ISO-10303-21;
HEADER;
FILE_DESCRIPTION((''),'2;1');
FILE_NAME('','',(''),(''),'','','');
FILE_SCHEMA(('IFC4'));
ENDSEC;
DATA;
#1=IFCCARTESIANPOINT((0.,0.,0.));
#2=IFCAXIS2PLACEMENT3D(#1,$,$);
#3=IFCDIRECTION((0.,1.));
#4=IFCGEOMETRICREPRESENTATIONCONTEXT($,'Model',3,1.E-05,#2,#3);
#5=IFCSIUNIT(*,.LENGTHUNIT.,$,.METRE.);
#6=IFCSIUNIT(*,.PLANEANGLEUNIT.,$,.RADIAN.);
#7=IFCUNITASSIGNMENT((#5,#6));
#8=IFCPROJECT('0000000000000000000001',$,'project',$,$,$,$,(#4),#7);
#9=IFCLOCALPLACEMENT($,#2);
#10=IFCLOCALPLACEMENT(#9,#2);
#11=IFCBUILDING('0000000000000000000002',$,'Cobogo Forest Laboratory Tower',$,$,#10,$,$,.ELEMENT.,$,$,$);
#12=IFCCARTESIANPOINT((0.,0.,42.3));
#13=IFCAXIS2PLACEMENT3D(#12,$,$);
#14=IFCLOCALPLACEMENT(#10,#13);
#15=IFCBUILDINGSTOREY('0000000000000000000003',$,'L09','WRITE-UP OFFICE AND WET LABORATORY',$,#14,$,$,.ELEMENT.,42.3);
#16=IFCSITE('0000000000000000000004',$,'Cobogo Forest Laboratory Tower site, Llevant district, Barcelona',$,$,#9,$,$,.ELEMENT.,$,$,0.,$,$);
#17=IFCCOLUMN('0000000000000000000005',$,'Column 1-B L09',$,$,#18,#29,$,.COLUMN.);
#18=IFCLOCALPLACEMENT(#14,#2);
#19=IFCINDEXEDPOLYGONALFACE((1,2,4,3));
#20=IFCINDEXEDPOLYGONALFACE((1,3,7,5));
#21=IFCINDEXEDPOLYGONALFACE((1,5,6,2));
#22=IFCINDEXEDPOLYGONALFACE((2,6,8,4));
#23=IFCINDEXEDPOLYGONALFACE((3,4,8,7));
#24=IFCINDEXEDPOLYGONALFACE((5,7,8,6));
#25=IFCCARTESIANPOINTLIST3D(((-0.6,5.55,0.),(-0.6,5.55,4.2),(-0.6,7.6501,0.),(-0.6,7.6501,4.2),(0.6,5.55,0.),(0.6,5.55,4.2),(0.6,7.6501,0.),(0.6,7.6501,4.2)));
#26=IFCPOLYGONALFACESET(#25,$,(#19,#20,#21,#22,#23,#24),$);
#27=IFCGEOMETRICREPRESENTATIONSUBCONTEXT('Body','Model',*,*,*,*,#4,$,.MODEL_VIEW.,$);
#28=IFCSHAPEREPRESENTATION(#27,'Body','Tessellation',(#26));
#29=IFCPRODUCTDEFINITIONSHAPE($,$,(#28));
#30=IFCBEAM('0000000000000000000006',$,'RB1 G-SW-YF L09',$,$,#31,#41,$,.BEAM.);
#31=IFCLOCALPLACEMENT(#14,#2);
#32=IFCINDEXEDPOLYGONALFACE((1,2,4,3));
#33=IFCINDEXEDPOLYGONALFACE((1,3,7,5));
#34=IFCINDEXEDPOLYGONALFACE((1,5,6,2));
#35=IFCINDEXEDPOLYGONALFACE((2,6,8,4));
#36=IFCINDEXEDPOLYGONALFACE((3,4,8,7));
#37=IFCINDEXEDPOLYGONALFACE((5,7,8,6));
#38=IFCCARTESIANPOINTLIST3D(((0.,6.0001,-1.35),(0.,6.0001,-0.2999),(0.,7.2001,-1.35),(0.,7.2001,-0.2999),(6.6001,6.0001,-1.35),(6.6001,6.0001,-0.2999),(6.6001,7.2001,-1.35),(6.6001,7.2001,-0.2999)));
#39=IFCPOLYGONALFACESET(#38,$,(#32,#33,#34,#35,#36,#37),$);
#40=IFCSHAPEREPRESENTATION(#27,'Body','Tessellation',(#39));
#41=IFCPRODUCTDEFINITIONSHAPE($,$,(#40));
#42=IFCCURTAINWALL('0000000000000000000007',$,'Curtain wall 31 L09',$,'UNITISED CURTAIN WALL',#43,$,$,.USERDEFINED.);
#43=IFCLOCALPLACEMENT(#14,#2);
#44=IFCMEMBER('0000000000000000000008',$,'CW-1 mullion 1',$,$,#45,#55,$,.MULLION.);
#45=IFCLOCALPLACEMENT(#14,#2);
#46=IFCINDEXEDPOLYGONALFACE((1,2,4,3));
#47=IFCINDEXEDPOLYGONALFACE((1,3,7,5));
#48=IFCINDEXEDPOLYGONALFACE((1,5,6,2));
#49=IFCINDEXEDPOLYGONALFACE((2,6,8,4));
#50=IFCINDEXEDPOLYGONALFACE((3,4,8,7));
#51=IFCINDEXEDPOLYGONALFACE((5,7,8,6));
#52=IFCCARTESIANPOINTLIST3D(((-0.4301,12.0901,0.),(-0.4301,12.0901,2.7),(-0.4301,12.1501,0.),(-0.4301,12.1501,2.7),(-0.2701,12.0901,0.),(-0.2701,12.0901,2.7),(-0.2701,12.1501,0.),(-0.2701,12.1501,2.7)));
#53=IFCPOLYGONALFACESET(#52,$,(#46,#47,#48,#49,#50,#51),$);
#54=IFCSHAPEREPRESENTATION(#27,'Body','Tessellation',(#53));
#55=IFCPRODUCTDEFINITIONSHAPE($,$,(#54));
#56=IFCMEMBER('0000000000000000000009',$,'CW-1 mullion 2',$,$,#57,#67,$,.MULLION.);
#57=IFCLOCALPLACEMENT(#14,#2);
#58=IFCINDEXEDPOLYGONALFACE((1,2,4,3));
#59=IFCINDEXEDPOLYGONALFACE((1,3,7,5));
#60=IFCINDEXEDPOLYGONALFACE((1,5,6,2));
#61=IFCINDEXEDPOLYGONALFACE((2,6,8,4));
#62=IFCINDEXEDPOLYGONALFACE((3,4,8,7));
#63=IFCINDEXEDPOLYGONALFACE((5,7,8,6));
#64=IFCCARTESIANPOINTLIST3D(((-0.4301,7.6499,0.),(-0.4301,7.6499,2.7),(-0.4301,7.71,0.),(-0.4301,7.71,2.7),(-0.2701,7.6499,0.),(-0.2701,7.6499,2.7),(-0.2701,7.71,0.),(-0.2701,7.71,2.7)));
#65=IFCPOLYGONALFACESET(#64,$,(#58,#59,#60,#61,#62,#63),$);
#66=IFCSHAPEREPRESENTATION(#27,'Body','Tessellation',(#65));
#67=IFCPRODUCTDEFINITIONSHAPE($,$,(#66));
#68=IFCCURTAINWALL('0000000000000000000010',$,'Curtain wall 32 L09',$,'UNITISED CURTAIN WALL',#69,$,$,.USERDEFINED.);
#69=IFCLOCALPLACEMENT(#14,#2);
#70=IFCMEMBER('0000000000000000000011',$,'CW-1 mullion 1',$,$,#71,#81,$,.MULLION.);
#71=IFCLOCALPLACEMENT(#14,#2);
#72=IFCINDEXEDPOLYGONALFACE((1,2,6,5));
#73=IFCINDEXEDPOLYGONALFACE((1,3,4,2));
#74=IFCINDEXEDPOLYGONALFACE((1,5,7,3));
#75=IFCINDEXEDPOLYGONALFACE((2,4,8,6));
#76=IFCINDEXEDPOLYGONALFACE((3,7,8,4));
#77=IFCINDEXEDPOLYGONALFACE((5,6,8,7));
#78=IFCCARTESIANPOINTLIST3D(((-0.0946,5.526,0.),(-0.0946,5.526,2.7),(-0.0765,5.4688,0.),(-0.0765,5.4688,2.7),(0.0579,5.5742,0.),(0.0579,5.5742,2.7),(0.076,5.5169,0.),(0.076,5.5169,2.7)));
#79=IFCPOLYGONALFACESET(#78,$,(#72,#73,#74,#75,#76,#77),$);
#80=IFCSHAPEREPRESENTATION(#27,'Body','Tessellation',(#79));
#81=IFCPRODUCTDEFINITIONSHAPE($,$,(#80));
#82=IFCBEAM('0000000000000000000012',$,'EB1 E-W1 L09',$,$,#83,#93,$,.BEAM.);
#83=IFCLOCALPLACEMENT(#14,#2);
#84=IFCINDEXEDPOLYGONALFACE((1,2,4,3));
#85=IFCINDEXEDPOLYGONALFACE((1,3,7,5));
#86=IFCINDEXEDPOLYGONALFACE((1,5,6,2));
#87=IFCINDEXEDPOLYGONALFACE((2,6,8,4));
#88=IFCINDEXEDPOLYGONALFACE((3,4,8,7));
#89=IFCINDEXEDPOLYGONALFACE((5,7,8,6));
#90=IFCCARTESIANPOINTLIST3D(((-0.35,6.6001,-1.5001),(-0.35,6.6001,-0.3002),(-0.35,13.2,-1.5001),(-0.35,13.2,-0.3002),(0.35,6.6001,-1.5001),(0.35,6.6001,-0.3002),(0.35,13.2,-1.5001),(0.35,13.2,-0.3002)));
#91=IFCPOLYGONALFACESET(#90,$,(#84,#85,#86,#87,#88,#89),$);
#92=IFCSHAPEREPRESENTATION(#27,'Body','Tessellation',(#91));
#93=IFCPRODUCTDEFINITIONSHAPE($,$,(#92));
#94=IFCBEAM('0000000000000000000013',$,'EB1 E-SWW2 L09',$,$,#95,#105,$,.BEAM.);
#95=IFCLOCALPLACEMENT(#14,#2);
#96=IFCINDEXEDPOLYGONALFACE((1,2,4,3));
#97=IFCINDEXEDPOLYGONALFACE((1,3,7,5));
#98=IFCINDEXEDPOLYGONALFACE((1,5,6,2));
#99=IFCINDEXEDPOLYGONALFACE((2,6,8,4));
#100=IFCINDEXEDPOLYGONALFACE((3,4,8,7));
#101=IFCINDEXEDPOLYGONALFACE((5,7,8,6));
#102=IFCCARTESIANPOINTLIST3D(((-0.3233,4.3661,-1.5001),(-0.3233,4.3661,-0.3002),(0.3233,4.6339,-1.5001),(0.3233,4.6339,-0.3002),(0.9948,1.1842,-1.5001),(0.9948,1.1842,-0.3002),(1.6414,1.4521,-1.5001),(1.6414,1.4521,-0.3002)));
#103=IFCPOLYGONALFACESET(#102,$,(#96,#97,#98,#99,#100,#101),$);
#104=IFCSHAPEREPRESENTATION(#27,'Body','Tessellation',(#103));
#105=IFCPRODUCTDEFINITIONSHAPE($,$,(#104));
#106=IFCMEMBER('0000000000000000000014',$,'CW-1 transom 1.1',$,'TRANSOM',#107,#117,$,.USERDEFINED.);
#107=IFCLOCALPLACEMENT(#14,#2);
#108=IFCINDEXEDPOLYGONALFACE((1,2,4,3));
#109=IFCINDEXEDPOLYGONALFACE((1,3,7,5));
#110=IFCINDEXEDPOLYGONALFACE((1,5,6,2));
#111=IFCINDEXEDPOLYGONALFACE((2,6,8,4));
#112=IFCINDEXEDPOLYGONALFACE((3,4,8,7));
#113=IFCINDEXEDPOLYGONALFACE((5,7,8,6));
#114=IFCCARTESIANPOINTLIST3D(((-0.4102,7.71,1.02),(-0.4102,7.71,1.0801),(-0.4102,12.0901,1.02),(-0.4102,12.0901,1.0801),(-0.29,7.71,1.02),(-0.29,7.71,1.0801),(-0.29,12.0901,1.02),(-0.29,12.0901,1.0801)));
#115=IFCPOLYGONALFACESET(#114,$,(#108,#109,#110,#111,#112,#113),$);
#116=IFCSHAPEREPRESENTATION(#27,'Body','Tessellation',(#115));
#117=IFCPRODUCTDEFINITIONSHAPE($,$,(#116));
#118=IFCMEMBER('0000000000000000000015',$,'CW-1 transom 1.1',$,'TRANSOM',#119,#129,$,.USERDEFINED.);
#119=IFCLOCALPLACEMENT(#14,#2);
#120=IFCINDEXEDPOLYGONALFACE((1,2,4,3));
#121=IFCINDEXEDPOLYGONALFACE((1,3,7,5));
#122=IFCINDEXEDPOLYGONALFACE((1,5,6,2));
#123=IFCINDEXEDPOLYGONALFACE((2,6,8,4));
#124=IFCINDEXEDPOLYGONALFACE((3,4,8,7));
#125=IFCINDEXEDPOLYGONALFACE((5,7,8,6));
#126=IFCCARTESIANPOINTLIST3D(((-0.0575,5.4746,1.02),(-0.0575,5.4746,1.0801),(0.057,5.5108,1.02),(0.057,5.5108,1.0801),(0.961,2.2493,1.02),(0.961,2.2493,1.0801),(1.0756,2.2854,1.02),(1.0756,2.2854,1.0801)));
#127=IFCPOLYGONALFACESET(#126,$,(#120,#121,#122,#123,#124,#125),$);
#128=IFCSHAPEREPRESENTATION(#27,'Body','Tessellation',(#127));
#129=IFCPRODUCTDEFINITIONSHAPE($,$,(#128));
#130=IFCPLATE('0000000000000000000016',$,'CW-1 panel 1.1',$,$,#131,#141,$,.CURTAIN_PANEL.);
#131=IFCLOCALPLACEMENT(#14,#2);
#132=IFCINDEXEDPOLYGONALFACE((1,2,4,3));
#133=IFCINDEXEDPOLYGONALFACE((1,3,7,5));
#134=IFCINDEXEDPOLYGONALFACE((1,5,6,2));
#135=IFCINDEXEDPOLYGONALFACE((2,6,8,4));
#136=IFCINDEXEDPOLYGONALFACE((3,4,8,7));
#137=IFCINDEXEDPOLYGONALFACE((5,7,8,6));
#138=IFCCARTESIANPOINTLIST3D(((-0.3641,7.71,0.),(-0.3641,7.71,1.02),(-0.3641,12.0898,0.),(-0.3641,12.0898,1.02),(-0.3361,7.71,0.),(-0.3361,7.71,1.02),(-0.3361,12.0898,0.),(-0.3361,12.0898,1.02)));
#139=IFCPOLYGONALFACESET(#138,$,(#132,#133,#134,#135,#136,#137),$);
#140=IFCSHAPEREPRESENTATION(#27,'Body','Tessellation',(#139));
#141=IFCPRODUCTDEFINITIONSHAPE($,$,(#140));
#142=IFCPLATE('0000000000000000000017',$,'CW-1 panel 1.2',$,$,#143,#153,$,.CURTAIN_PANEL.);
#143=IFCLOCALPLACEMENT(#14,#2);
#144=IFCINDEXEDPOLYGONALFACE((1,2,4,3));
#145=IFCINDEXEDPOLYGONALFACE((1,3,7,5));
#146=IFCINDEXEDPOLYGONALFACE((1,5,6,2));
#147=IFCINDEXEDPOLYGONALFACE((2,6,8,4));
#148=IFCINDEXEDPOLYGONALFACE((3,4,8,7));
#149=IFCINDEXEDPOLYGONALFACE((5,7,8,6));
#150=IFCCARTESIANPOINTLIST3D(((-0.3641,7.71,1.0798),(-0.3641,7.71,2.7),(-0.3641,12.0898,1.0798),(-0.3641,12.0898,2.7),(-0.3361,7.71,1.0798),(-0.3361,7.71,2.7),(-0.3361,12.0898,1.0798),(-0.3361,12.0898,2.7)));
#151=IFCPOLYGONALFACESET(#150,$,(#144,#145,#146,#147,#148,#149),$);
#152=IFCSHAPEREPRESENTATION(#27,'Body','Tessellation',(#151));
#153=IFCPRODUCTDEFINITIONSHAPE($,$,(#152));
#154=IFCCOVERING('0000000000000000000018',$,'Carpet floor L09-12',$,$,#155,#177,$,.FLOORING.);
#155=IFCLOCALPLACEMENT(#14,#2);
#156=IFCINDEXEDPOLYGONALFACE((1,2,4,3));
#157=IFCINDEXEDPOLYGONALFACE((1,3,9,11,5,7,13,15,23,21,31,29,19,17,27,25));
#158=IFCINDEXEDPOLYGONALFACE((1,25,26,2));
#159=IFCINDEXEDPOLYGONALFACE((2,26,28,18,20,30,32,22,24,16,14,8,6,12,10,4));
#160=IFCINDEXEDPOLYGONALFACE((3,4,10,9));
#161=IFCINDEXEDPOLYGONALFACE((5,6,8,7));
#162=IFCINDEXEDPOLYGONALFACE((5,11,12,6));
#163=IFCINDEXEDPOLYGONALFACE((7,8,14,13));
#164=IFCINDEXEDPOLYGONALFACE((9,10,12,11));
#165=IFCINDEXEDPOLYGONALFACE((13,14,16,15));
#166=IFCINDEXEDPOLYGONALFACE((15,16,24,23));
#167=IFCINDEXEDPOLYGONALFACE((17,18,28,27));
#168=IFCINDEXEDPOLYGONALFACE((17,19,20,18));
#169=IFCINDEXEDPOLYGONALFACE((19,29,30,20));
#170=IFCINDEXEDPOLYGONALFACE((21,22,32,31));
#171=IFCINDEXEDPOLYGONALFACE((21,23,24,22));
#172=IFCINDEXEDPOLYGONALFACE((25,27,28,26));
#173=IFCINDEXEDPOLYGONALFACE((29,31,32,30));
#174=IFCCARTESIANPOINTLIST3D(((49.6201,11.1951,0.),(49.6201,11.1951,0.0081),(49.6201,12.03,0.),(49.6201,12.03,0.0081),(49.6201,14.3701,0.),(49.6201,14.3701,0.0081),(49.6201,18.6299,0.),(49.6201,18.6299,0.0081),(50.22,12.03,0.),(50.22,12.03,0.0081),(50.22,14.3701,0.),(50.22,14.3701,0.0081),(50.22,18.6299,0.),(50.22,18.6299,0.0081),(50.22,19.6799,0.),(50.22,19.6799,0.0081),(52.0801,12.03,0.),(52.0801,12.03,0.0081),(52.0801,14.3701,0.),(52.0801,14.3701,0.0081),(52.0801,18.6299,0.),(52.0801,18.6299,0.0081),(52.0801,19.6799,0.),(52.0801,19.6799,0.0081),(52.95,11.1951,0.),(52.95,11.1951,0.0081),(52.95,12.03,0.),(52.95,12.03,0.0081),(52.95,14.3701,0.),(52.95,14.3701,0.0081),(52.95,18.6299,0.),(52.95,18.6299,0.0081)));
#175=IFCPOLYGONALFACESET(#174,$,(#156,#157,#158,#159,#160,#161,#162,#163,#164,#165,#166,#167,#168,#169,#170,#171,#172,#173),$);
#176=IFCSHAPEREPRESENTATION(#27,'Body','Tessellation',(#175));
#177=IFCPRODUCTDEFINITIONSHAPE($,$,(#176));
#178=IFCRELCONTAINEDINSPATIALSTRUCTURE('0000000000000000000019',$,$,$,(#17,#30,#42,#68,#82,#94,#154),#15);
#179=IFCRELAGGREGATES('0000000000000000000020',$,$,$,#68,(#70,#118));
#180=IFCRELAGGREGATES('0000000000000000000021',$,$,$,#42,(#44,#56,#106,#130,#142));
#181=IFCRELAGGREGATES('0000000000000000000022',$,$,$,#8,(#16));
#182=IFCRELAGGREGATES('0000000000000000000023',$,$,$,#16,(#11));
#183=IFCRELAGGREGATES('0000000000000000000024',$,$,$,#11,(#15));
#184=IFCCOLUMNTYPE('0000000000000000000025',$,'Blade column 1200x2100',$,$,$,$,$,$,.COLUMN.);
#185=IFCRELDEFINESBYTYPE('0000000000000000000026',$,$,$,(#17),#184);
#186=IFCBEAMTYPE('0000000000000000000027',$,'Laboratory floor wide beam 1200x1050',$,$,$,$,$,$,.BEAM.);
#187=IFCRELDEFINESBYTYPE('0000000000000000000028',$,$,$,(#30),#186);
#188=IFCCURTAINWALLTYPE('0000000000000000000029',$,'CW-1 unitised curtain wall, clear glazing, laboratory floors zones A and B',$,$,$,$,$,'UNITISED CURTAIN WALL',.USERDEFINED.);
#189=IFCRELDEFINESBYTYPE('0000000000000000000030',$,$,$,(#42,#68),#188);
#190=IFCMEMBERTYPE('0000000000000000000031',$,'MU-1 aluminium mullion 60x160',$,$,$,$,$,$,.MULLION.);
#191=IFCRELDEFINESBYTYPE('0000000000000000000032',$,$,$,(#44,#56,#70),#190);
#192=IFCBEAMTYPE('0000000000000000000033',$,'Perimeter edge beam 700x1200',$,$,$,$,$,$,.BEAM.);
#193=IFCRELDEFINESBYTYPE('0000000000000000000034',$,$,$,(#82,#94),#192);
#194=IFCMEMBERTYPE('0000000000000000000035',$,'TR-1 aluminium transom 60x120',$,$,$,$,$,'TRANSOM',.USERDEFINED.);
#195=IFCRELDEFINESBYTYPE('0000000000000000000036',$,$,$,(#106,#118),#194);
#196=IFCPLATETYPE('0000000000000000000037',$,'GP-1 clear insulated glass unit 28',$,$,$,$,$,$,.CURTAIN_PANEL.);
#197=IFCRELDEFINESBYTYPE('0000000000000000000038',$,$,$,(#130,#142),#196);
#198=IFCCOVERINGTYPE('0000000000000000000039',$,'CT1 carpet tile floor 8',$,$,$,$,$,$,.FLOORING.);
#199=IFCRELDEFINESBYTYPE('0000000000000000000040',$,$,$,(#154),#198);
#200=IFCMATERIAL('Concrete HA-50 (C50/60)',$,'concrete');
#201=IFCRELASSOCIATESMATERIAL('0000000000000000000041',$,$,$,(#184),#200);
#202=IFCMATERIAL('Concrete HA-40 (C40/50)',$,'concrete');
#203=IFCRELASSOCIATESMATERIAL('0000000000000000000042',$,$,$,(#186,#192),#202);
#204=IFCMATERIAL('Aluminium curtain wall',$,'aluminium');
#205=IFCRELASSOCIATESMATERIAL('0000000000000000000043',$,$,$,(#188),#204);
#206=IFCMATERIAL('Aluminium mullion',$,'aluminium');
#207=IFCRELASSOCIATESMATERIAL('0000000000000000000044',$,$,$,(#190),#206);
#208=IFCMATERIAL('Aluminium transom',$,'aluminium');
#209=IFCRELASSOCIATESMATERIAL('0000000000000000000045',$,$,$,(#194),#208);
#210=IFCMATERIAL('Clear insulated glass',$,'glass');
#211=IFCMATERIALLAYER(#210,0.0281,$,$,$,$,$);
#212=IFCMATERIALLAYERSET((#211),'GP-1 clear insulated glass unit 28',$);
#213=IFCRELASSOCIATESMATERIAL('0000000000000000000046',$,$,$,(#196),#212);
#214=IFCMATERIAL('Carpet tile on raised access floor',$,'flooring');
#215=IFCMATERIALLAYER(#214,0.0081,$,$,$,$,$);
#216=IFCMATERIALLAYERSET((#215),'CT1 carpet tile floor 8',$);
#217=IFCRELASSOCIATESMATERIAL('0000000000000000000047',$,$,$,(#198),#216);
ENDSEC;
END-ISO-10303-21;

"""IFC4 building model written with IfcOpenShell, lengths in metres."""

from ifc_helpers import new_model, si_unit, direction, frame, origin, origin_2d, place, context, subcontext, project, spatial, polyline, rectangle, outline, extrude, material, layer, layer_set, material_profile, profile_set, type_object, element, aggregate, save


model = new_model("IFC4")

# Units and contexts
model_context = context("Model", 3, precision=1e-05, world=origin(), true_north=direction((0.0, 1.0)))
body_context = subcontext(model_context, "Body", "Model", "MODEL_VIEW")
ifc_project = project(units=[si_unit("LENGTHUNIT", "METRE"), si_unit("PLANEANGLEUNIT", "RADIAN")], contexts=[model_context])

# Site, building, storey
site_placement = place(None, origin())
site = spatial("IfcSite", under=ifc_project, at=site_placement, Name="Cobogo Forest Laboratory Tower site, Llevant district, Barcelona", CompositionType="ELEMENT", RefElevation=0.0)
building_placement = place(site_placement, origin())
building = spatial("IfcBuilding", under=site, at=building_placement, Name="Cobogo Forest Laboratory Tower", CompositionType="ELEMENT")
storey_placement = place(building_placement, frame((0.0, 0.0, 42.3)))
storey = spatial("IfcBuildingStorey", under=building, at=storey_placement, Name="L09", Description="WRITE-UP OFFICE AND WET LABORATORY", CompositionType="ELEMENT", Elevation=42.3)

# Column
ifc_material_1 = material(Name="Concrete HA-50 (C50/60)", Category="concrete")
ifc_material_profile_1 = material_profile(ifc_material_1, rectangle(XDim=2.1001, YDim=1.2, at=origin_2d()), Name="RC 1200x2100")
ifc_profile_set_1 = profile_set([ifc_material_profile_1], Name="Concrete HA-50 (C50/60)")
column_type = type_object("IfcColumnType", Name="Blade column 1200x2100", PredefinedType="COLUMN", material=ifc_profile_set_1)
column_placement = place(storey_placement, frame((0.0, 6.6001, 0.0), z_axis=(0.0, 0.0, 1.0), x_axis=(0.0, 1.0, 0.0)))
element("IfcColumn", 1, at=column_placement, inside=storey, type_object=column_type, Name="Column 1-B L09", PredefinedType="COLUMN", context=body_context, shape_type="SweptSolid", body=[
    extrude(rectangle(XDim=2.1001, YDim=1.2, at=origin_2d()), origin(), (0.0, 0.0, 1.0), 4.2),
])

# Beam
ifc_material_2 = material(Name="Concrete HA-40 (C40/50)", Category="concrete")
ifc_material_profile_2 = material_profile(ifc_material_2, rectangle(XDim=1.2, YDim=1.05, at=origin_2d()), Name="RC 1200x1050")
ifc_profile_set_2 = profile_set([ifc_material_profile_2], Name="Concrete HA-40 (C40/50)")
beam_type_1 = type_object("IfcBeamType", Name="Laboratory floor wide beam 1200x1050", PredefinedType="BEAM", material=ifc_profile_set_2)
beam_1_placement = place(storey_placement, frame((0.0, 6.6001, -0.825), z_axis=(1.0, 0.0, 0.0), x_axis=(0.0, 1.0, 0.0)))
element("IfcBeam", 2, at=beam_1_placement, inside=storey, type_object=beam_type_1, Name="RB1 G-SW-YF L09", PredefinedType="BEAM", context=body_context, shape_type="SweptSolid", body=[
    extrude(rectangle(XDim=1.2, YDim=1.05, at=origin_2d()), origin(), (0.0, 0.0, 1.0), 6.6001),
])

# Curtain wall, members
ifc_material_3 = material(Name="Aluminium curtain wall", Category="aluminium")
curtain_wall_type = type_object("IfcCurtainWallType", Name="CW-1 unitised curtain wall, clear glazing, laboratory floors zones A and B", ElementType="UNITISED CURTAIN WALL", PredefinedType="USERDEFINED", material=ifc_material_3)
curtain_wall_1_placement = place(storey_placement, origin())
curtain_wall_1 = element("IfcCurtainWall", 3, at=curtain_wall_1_placement, inside=storey, type_object=curtain_wall_type, Name="Curtain wall 31 L09", ObjectType="UNITISED CURTAIN WALL", PredefinedType="USERDEFINED")
ifc_material_4 = material(Name="Aluminium mullion", Category="aluminium")
ifc_material_profile_3 = material_profile(ifc_material_4, rectangle(XDim=0.0601, YDim=0.1599, at=origin_2d()), Name="AL 60x160")
ifc_profile_set_3 = profile_set([ifc_material_profile_3], Name="Aluminium mullion")
member_type_1 = type_object("IfcMemberType", Name="MU-1 aluminium mullion 60x160", PredefinedType="MULLION", material=ifc_profile_set_3)
member_1_placement = place(storey_placement, frame((-0.3501, 12.1201, 0.0), z_axis=(0.0, 0.0, 1.0), x_axis=(0.0, -1.0, 0.0)))
member_1 = element("IfcMember", 4, at=member_1_placement, type_object=member_type_1, Name="CW-1 mullion 1", PredefinedType="MULLION", context=body_context, shape_type="SweptSolid", body=[
    extrude(rectangle(XDim=0.0601, YDim=0.1599, at=origin_2d()), origin(), (0.0, 0.0, 1.0), 2.7),
])
member_2_placement = place(storey_placement, frame((-0.3501, 7.6799, 0.0), z_axis=(0.0, 0.0, 1.0), x_axis=(0.0, -1.0, 0.0)))
member_2 = element("IfcMember", 5, at=member_2_placement, type_object=member_type_1, Name="CW-1 mullion 2", PredefinedType="MULLION", context=body_context, shape_type="SweptSolid", body=[
    extrude(rectangle(XDim=0.0601, YDim=0.1599, at=origin_2d()), origin(), (0.0, 0.0, 1.0), 2.7),
])

# Curtain wall, member
curtain_wall_2_placement = place(storey_placement, origin())
curtain_wall_2 = element("IfcCurtainWall", 6, at=curtain_wall_2_placement, inside=storey, type_object=curtain_wall_type, Name="Curtain wall 32 L09", ObjectType="UNITISED CURTAIN WALL", PredefinedType="USERDEFINED")
member_3_placement = place(storey_placement, frame((-0.0093, 5.5215, 0.0), z_axis=(0.0, 0.0, 1.0), x_axis=(0.301135, -0.953581, 0.0)))
member_3 = element("IfcMember", 7, at=member_3_placement, type_object=member_type_1, Name="CW-1 mullion 1", PredefinedType="MULLION", context=body_context, shape_type="SweptSolid", body=[
    extrude(rectangle(XDim=0.0601, YDim=0.1599, at=origin_2d()), origin(), (0.0, 0.0, 1.0), 2.7),
])

# Beams
ifc_material_profile_4 = material_profile(ifc_material_2, rectangle(XDim=0.7, YDim=1.2, at=origin_2d()), Name="RC 700x1200")
ifc_profile_set_4 = profile_set([ifc_material_profile_4], Name="Concrete HA-40 (C40/50)")
beam_type_2 = type_object("IfcBeamType", Name="Perimeter edge beam 700x1200", PredefinedType="BEAM", material=ifc_profile_set_4)
beam_2_placement = place(storey_placement, frame((0.0, 6.6001, -0.9001), z_axis=(0.0, 1.0, 0.0), x_axis=(-1.0, 0.0, 0.0)))
element("IfcBeam", 8, at=beam_2_placement, inside=storey, type_object=beam_type_2, Name="EB1 E-W1 L09", PredefinedType="BEAM", context=body_context, shape_type="SweptSolid", body=[
    extrude(rectangle(XDim=0.7, YDim=1.2, at=origin_2d()), origin(), (0.0, 0.0, 1.0), 6.5999),
])
beam_3_placement = place(storey_placement, frame((0.0, 4.5, -0.9001), z_axis=(0.382717, -0.923866, 0.0), x_axis=(0.923866, 0.382717, 0.0)))
element("IfcBeam", 9, at=beam_3_placement, inside=storey, type_object=beam_type_2, Name="EB1 E-SWW2 L09", PredefinedType="BEAM", context=body_context, shape_type="SweptSolid", body=[
    extrude(rectangle(XDim=0.7, YDim=1.2, at=origin_2d()), origin(), (0.0, 0.0, 1.0), 3.4441),
])

# Members
ifc_material_5 = material(Name="Aluminium transom", Category="aluminium")
ifc_material_profile_5 = material_profile(ifc_material_5, rectangle(XDim=0.1201, YDim=0.0601, at=origin_2d()), Name="AL 60x120")
ifc_profile_set_5 = profile_set([ifc_material_profile_5], Name="Aluminium transom")
member_type_2 = type_object("IfcMemberType", Name="TR-1 aluminium transom 60x120", ElementType="TRANSOM", PredefinedType="USERDEFINED", material=ifc_profile_set_5)
member_4_placement = place(storey_placement, frame((-0.3501, 12.0901, 1.05), z_axis=(0.0, -1.0, 0.0), x_axis=(1.0, 0.0, 0.0)))
member_4 = element("IfcMember", 10, at=member_4_placement, type_object=member_type_2, Name="CW-1 transom 1.1", ObjectType="TRANSOM", PredefinedType="USERDEFINED", context=body_context, shape_type="SweptSolid", body=[
    extrude(rectangle(XDim=0.1201, YDim=0.0601, at=origin_2d()), origin(), (0.0, 0.0, 1.0), 4.3801),
])
member_5_placement = place(storey_placement, frame((-0.0002, 5.4927, 1.05), z_axis=(0.301138, -0.95358, 0.0), x_axis=(0.95358, 0.301138, 0.0)))
member_5 = element("IfcMember", 11, at=member_5_placement, type_object=member_type_2, Name="CW-1 transom 1.1", ObjectType="TRANSOM", PredefinedType="USERDEFINED", context=body_context, shape_type="SweptSolid", body=[
    extrude(rectangle(XDim=0.1201, YDim=0.0601, at=origin_2d()), origin(), (0.0, 0.0, 1.0), 3.3823),
])
aggregate(curtain_wall_2, [member_3, member_5])

# Plates
ifc_material_6 = material(Name="Clear insulated glass", Category="glass")
ifc_layer_1 = layer(ifc_material_6, 0.0281)
ifc_layer_set_1 = layer_set([ifc_layer_1], Name="GP-1 clear insulated glass unit 28")
plate_type_1 = type_object("IfcPlateType", Name="GP-1 clear insulated glass unit 28", PredefinedType="CURTAIN_PANEL", material=ifc_layer_set_1)
plate_1_placement = place(storey_placement, frame((-0.3501, 9.8999, 0.0), z_axis=(0.0, 0.0, 1.0), x_axis=(0.0, -1.0, 0.0)))
plate_1 = element("IfcPlate", 12, at=plate_1_placement, type_object=plate_type_1, Name="CW-1 panel 1.1", PredefinedType="CURTAIN_PANEL", context=body_context, shape_type="SweptSolid", body=[
    extrude(rectangle(XDim=4.3799, YDim=0.0281, at=origin_2d()), origin(), (0.0, 0.0, 1.0), 1.02),
])
plate_2_placement = place(storey_placement, frame((-0.3501, 9.8999, 1.0798), z_axis=(0.0, 0.0, 1.0), x_axis=(0.0, -1.0, 0.0)))
plate_2 = element("IfcPlate", 13, at=plate_2_placement, type_object=plate_type_1, Name="CW-1 panel 1.2", PredefinedType="CURTAIN_PANEL", context=body_context, shape_type="SweptSolid", body=[
    extrude(rectangle(XDim=4.3799, YDim=0.0281, at=origin_2d()), origin(), (0.0, 0.0, 1.0), 1.6201),
])
aggregate(curtain_wall_1, [member_1, member_2, member_4, plate_1, plate_2])

# Covering
ifc_material_7 = material(Name="Carpet tile on raised access floor", Category="flooring")
ifc_layer_2 = layer(ifc_material_7, 0.0081)
ifc_layer_set_2 = layer_set([ifc_layer_2], Name="CT1 carpet tile floor 8")
covering_type_1 = type_object("IfcCoveringType", Name="CT1 carpet tile floor 8", PredefinedType="FLOORING", material=ifc_layer_set_2)
covering_1_placement = place(storey_placement, origin())
element("IfcCovering", 14, at=covering_1_placement, inside=storey, type_object=covering_type_1, Name="Carpet floor L09-12", PredefinedType="FLOORING", context=body_context, shape_type="SweptSolid", body=[
    extrude(outline(polyline([(49.6201, 12.03), (50.22, 12.03), (50.22, 14.3701), (49.6201, 14.3701), (49.6201, 18.6299), (50.22, 18.6299), (50.22, 19.6799), (52.0801, 19.6799), (52.0801, 18.6299), (52.95, 18.6299), (52.95, 14.3701), (52.0801, 14.3701), (52.0801, 12.03), (52.95, 12.03), (52.95, 11.1951), (49.6201, 11.1951), (49.6201, 12.03)])), origin(), (0.0, 0.0, 1.0), 0.0081),
])

save(model, "model.ifc")
